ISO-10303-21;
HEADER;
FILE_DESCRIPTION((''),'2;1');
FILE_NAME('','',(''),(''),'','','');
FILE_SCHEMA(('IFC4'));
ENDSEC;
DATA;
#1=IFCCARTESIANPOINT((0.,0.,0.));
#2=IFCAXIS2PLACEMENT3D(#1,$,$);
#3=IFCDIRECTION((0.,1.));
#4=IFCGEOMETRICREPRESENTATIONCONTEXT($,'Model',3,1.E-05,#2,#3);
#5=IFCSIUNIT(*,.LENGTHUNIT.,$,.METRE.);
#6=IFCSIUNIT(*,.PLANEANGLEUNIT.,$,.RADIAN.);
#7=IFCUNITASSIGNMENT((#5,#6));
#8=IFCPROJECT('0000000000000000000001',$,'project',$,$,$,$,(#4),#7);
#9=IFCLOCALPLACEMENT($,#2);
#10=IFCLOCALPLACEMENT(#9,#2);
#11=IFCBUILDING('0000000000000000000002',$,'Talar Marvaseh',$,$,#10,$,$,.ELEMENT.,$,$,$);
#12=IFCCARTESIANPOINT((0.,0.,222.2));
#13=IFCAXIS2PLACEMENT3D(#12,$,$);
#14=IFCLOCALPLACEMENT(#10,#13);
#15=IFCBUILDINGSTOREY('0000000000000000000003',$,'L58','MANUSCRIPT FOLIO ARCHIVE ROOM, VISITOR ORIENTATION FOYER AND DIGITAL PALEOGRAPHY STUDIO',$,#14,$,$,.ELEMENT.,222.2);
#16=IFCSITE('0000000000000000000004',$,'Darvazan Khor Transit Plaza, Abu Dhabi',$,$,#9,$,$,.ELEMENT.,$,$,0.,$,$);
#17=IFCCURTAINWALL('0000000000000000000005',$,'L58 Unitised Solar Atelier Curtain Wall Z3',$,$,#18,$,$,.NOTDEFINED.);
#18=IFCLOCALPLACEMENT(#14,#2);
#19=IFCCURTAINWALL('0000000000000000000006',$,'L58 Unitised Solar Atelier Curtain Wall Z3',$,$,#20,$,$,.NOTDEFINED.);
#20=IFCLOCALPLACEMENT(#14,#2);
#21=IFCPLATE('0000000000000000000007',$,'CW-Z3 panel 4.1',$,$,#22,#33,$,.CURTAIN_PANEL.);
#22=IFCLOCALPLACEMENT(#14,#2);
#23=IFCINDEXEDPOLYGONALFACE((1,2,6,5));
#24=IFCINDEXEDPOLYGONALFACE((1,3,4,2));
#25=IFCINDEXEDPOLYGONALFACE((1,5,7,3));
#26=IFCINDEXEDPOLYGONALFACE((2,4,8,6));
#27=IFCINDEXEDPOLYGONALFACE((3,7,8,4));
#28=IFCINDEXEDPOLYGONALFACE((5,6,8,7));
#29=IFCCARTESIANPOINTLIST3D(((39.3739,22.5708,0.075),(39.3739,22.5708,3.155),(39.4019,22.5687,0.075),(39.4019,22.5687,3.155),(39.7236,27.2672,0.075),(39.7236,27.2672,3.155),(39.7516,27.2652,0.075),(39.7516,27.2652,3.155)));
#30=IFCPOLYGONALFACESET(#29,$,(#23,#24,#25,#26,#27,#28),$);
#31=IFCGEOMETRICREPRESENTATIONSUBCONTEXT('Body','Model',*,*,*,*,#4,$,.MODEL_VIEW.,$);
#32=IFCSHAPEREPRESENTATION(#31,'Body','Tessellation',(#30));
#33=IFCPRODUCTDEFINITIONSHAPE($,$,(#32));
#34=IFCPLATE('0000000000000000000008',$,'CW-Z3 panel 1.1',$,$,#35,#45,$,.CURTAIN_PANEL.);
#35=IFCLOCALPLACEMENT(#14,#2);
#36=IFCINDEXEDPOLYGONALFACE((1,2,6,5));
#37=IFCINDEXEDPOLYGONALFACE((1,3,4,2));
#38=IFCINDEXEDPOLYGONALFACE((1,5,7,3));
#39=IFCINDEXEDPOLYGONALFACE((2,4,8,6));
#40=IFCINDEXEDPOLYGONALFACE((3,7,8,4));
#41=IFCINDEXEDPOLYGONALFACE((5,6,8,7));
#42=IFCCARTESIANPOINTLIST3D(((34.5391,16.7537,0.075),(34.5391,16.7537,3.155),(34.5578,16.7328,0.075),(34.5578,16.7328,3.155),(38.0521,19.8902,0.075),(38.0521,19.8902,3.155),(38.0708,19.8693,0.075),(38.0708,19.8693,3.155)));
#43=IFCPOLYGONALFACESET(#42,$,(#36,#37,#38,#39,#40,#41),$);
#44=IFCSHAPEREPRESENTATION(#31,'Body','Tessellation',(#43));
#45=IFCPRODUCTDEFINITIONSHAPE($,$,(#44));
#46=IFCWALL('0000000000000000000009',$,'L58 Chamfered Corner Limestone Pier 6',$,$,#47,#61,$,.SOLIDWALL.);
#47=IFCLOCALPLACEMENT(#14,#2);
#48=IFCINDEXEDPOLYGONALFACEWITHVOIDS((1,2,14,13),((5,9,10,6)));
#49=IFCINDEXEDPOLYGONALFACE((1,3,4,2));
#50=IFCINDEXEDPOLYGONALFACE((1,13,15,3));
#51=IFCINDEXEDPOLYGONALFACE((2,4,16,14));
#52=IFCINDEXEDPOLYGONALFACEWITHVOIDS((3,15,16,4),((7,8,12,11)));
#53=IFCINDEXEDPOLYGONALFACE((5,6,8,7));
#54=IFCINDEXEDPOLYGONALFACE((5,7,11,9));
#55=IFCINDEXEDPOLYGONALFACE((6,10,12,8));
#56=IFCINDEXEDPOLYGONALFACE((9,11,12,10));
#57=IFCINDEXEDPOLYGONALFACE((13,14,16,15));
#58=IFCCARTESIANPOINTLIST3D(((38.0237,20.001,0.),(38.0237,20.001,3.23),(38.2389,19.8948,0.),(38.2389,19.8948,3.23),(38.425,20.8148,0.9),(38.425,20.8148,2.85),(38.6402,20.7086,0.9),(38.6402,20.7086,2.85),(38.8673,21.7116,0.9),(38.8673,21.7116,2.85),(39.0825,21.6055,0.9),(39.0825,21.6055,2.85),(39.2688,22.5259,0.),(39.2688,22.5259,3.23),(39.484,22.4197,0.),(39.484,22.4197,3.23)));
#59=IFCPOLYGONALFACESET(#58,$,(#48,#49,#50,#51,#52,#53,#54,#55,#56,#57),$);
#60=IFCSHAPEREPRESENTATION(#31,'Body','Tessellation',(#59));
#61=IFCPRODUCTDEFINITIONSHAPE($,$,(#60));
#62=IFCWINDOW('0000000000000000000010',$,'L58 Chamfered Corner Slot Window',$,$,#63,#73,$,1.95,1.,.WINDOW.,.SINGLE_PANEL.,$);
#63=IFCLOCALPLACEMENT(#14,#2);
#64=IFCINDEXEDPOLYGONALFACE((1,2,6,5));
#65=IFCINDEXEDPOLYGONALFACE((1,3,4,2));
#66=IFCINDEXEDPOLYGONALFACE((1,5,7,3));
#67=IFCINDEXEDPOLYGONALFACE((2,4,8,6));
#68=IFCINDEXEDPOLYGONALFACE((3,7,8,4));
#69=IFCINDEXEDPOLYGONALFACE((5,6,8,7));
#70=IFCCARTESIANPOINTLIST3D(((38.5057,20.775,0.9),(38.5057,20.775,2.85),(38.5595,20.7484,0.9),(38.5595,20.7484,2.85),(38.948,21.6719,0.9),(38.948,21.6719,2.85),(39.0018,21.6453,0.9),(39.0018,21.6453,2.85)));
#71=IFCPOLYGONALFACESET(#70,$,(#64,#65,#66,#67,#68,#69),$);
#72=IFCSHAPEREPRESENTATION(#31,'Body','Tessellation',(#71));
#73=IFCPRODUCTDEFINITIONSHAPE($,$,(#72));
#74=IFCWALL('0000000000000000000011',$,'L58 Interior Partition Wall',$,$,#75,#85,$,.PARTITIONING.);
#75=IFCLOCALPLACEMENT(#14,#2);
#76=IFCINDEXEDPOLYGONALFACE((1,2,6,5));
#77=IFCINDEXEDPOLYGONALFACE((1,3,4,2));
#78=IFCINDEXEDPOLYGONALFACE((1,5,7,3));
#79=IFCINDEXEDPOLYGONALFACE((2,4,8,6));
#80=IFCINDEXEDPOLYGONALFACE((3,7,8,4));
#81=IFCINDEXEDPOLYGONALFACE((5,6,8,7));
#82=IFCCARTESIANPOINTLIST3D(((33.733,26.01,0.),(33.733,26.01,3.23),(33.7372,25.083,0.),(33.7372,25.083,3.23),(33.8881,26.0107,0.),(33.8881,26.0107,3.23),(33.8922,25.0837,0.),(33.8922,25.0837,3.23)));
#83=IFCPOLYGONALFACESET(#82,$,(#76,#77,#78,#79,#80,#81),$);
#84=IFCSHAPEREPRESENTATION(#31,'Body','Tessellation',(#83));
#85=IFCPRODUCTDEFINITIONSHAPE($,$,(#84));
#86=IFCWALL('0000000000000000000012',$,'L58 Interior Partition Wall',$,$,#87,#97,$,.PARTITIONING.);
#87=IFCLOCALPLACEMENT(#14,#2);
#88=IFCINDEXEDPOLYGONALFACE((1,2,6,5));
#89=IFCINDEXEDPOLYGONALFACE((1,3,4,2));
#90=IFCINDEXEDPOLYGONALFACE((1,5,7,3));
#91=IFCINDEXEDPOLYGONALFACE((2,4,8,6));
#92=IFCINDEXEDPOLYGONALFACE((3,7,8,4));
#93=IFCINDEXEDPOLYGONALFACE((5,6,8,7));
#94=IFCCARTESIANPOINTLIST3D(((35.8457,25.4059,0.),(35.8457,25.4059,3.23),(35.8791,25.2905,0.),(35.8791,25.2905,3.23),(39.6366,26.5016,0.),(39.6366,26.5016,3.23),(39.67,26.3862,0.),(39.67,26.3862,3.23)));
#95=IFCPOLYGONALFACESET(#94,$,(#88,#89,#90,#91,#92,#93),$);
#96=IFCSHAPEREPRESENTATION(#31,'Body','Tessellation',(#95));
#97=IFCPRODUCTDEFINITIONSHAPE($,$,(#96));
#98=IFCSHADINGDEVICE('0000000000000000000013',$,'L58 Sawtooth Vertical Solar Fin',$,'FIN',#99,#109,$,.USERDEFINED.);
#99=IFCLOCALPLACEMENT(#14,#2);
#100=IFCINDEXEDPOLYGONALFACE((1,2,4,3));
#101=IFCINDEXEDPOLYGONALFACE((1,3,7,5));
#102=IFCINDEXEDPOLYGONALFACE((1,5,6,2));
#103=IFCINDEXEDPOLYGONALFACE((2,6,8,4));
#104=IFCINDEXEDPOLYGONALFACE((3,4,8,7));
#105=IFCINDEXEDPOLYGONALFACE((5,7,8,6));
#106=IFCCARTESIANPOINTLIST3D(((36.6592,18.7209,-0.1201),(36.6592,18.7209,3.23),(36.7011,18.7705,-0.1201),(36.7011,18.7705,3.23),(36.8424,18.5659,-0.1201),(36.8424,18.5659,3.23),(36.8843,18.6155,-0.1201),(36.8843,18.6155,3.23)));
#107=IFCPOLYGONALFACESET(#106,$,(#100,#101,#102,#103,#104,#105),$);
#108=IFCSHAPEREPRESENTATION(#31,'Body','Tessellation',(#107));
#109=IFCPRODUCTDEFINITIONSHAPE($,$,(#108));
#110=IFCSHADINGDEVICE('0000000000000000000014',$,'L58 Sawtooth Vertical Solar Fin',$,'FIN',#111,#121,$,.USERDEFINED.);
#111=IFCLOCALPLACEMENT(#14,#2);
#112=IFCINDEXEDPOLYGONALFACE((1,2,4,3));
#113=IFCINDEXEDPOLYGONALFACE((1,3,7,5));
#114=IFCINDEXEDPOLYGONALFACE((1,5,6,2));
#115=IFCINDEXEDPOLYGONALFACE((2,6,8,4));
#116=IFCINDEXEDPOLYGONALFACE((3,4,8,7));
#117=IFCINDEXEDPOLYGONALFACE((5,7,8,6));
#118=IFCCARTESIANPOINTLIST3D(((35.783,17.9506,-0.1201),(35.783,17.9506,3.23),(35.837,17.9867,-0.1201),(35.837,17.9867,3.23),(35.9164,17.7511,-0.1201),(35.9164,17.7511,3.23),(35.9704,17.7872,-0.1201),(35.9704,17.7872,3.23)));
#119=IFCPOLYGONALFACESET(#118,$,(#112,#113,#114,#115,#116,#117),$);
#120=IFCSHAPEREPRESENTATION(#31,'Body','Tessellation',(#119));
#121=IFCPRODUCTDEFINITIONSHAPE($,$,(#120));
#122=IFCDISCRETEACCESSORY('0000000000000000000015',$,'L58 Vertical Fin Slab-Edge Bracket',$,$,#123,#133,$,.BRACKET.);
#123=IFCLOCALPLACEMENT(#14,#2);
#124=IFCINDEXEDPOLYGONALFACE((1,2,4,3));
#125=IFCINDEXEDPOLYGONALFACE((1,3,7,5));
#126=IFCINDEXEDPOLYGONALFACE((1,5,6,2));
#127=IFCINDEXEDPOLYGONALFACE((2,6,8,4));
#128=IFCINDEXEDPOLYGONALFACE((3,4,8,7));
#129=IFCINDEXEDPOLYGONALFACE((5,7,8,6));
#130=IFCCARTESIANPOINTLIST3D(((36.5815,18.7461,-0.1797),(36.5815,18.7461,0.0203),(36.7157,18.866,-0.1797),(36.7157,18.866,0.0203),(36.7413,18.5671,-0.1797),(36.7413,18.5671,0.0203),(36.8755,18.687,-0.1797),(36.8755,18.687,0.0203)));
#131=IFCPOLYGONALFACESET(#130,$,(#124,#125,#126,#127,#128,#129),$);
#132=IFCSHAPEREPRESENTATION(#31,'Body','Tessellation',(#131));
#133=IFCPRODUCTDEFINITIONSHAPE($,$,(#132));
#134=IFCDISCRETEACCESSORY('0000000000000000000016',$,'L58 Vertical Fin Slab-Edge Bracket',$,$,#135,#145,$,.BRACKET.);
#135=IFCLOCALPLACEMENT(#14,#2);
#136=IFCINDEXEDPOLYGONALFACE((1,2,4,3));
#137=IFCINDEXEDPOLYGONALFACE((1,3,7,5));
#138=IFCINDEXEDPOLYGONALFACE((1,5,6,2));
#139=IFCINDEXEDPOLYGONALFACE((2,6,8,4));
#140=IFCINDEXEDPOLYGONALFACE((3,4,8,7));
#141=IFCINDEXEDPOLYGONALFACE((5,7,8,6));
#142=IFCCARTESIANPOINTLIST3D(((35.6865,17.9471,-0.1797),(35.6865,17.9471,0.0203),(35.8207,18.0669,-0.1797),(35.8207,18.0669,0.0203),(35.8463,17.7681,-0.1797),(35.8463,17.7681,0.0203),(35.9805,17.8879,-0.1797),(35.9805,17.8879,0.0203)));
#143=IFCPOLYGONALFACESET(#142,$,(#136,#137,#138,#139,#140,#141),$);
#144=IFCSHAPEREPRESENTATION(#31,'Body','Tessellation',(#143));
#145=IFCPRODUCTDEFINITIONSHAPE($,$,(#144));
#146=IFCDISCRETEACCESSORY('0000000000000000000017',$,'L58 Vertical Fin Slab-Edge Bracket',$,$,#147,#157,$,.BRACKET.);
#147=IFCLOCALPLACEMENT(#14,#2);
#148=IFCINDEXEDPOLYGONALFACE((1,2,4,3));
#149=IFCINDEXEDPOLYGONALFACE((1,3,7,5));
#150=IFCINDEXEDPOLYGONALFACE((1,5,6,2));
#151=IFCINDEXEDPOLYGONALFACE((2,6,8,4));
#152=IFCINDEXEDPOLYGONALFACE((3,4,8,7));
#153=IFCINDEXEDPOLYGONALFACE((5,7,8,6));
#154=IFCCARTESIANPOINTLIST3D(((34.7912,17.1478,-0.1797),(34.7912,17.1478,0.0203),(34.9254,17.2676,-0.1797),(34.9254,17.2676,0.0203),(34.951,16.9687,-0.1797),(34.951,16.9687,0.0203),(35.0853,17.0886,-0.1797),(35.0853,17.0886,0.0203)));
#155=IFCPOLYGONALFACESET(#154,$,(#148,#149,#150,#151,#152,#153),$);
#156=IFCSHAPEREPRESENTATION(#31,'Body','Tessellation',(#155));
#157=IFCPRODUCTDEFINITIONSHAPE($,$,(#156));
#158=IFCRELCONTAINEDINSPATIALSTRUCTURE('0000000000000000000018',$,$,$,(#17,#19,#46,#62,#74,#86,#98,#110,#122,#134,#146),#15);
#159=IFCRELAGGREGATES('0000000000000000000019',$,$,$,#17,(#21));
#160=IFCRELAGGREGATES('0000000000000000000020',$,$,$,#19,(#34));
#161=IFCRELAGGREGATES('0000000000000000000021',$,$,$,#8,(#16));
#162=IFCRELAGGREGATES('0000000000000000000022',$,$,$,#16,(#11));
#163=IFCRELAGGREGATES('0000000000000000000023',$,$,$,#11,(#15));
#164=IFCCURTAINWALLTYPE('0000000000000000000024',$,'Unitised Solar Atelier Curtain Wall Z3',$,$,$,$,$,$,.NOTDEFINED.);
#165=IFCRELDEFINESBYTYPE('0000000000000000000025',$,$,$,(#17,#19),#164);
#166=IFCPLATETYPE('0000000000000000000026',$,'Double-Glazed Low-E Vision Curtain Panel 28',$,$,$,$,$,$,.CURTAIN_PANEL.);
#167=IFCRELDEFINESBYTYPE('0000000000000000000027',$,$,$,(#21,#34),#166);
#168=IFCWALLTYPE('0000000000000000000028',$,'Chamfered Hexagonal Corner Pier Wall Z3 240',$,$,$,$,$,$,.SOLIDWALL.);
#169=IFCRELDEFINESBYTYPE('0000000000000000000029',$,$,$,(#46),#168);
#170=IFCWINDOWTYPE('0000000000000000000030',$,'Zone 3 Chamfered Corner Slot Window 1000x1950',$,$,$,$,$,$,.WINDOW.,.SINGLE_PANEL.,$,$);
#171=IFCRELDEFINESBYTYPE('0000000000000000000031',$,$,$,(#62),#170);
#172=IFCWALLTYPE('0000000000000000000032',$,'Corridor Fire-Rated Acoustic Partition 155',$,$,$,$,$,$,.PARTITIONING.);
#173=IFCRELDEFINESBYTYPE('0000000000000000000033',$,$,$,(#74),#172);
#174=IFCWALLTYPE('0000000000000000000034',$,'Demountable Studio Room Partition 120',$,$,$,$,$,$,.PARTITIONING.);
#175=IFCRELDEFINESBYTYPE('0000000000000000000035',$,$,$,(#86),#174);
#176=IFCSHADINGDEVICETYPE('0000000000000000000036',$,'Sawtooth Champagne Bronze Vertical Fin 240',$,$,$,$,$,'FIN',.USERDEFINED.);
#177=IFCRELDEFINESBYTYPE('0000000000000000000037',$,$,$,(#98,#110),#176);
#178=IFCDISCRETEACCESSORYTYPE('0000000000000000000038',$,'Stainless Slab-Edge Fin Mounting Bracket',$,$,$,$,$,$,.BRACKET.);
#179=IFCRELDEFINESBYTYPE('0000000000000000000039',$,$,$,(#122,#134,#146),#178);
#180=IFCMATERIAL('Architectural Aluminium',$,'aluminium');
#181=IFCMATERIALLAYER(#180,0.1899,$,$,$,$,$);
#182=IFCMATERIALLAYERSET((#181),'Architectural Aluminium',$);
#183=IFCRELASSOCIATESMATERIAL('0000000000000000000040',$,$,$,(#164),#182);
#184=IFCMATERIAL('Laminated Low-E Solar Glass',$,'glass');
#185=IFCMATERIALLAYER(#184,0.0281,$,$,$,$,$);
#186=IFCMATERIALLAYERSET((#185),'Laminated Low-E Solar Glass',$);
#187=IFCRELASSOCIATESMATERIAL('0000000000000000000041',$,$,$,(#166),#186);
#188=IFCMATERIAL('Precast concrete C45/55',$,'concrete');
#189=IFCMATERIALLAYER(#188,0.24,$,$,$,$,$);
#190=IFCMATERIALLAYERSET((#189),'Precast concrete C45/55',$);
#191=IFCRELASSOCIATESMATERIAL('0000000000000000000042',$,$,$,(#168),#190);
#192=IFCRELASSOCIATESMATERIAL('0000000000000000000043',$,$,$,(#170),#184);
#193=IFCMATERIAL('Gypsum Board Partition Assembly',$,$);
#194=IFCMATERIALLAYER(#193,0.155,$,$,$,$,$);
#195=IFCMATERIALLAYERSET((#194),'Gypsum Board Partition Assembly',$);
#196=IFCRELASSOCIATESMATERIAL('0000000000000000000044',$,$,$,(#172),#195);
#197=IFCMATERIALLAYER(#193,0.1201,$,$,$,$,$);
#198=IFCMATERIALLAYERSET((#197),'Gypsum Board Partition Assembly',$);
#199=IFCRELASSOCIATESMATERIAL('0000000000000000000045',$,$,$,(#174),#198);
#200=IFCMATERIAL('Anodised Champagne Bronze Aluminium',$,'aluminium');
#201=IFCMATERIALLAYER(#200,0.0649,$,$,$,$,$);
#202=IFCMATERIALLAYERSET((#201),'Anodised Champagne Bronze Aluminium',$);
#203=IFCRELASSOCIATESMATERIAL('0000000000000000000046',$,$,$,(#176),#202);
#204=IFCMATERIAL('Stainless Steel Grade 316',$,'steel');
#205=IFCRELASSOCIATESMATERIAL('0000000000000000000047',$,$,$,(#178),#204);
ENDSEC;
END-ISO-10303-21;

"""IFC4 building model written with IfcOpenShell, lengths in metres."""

from ifc_helpers import new_model, si_unit, direction, frame, frame_2d, origin, origin_2d, place, context, subcontext, project, spatial, rectangle, extrude, source, transform, mapped, material, layer, layer_set, type_object, type_shapes, element, fill, aggregate, save


model = new_model("IFC4")

# Units and contexts
model_context = context("Model", 3, precision=1e-05, world=origin(), true_north=direction((0.0, 1.0)))
body_context = subcontext(model_context, "Body", "Model", "MODEL_VIEW")
ifc_project = project(units=[si_unit("LENGTHUNIT", "METRE"), si_unit("PLANEANGLEUNIT", "RADIAN")], contexts=[model_context])

# Site, building, storey
site_placement = place(None, origin())
site = spatial("IfcSite", under=ifc_project, at=site_placement, Name="Darvazan Khor Transit Plaza, Abu Dhabi", CompositionType="ELEMENT", RefElevation=0.0)
building_placement = place(site_placement, origin())
building = spatial("IfcBuilding", under=site, at=building_placement, Name="Talar Marvaseh", CompositionType="ELEMENT")
storey_placement = place(building_placement, frame((0.0, 0.0, 222.2)))
storey = spatial("IfcBuildingStorey", under=building, at=storey_placement, Name="L58", Description="MANUSCRIPT FOLIO ARCHIVE ROOM, VISITOR ORIENTATION FOYER AND DIGITAL PALEOGRAPHY STUDIO", CompositionType="ELEMENT", Elevation=222.2)

# Curtain wall
ifc_material_1 = material(Name="Architectural Aluminium", Category="aluminium")
ifc_layer_1 = layer(ifc_material_1, 0.1899)
ifc_layer_set_1 = layer_set([ifc_layer_1], Name="Architectural Aluminium")
curtain_wall_type = type_object("IfcCurtainWallType", Name="Unitised Solar Atelier Curtain Wall Z3", PredefinedType="NOTDEFINED", material=ifc_layer_set_1)
curtain_wall_1_placement = place(storey_placement, origin())
curtain_wall_1 = element("IfcCurtainWall", 1, at=curtain_wall_1_placement, inside=storey, type_object=curtain_wall_type, Name="L58 Unitised Solar Atelier Curtain Wall Z3", PredefinedType="NOTDEFINED")

# Curtain wall
curtain_wall_2_placement = place(storey_placement, origin())
curtain_wall_2 = element("IfcCurtainWall", 2, at=curtain_wall_2_placement, inside=storey, type_object=curtain_wall_type, Name="L58 Unitised Solar Atelier Curtain Wall Z3", PredefinedType="NOTDEFINED")

# Plates
ifc_material_2 = material(Name="Laminated Low-E Solar Glass", Category="glass")
ifc_layer_2 = layer(ifc_material_2, 0.0281)
ifc_layer_set_2 = layer_set([ifc_layer_2], Name="Laminated Low-E Solar Glass")
plate_type = type_object("IfcPlateType", Name="Double-Glazed Low-E Vision Curtain Panel 28", PredefinedType="CURTAIN_PANEL", material=ifc_layer_set_2)
shared_shape_1 = source(origin(), body_context, "Body", "SweptSolid", [
    extrude(rectangle(XDim=4.7095, YDim=0.0281, at=origin_2d()), origin(), (0.0, 0.0, 1.0), 3.0801),
])
type_shapes(plate_type, [shared_shape_1])
plate_1_placement = place(storey_placement, frame((39.5627, 24.918, 0.075), z_axis=(0.0, 0.0, 1.0), x_axis=(-0.074263, -0.997239, 0.0)))
plate_1 = element("IfcPlate", 3, at=plate_1_placement, type_object=plate_type, Name="CW-Z3 panel 4.1", PredefinedType="CURTAIN_PANEL", context=body_context, shape_type="MappedRepresentation", body=[
    mapped(shared_shape_1, transform((0.0, 0.0, 0.0), x_axis=(1.0, 0.0, 0.0), y_axis=(0.0, 1.0, 0.0), z_axis=(0.0, 0.0, 1.0), scale=1.0)),
])
aggregate(curtain_wall_1, [plate_1])
plate_2_placement = place(storey_placement, frame((36.3049, 18.3115, 0.075), z_axis=(0.0, 0.0, 1.0), x_axis=(-0.745954, -0.665998, 0.0)))
plate_2 = element("IfcPlate", 4, at=plate_2_placement, type_object=plate_type, Name="CW-Z3 panel 1.1", PredefinedType="CURTAIN_PANEL", context=body_context, shape_type="MappedRepresentation", body=[
    mapped(shared_shape_1, transform((0.0, 0.0, 0.0), x_axis=(1.0, 0.0, 0.0), y_axis=(0.0, 1.0, 0.0), z_axis=(0.0, 0.0, 1.0), scale=1.0)),
])
aggregate(curtain_wall_2, [plate_2])

# Wall, opening, window
ifc_material_3 = material(Name="Precast concrete C45/55", Category="concrete")
ifc_layer_3 = layer(ifc_material_3, 0.24)
ifc_layer_set_3 = layer_set([ifc_layer_3], Name="Precast concrete C45/55")
wall_type_1 = type_object("IfcWallType", Name="Chamfered Hexagonal Corner Pier Wall Z3 240", PredefinedType="SOLIDWALL", material=ifc_layer_set_3)
wall_1_placement = place(storey_placement, frame((39.3765, 22.4729, 0.0), z_axis=(0.0, 0.0, 1.0), x_axis=(-0.442281, -0.896877, 0.0)))
wall_1 = element("IfcWall", 5, at=wall_1_placement, inside=storey, type_object=wall_type_1, Name="L58 Chamfered Corner Limestone Pier 6", PredefinedType="SOLIDWALL", context=body_context, shape_type="SweptSolid", body=[
    extrude(rectangle(XDim=2.8152, YDim=0.24, at=frame_2d((1.4077, 0.0))), origin(), (0.0, 0.0, 1.0), 3.23),
])
opening_1_placement = place(wall_1_placement, frame((0.908, 0.0, 0.8999)))
opening_1 = element("IfcOpeningElement", 6, at=opening_1_placement, cuts=wall_1, PredefinedType="OPENING", context=body_context, shape_type="SweptSolid", body=[
    extrude(rectangle(XDim=1.0, YDim=1.95, at=frame_2d((0.5, 0.9751))), frame((0.0, 0.1299, 0.0), z_axis=(0.0, -1.0, 0.0), x_axis=(1.0, 0.0, 0.0)), (0.0, 0.0, 1.0), 0.26),
])
window_type = type_object("IfcWindowType", Name="Zone 3 Chamfered Corner Slot Window 1000x1950", PartitioningType="SINGLE_PANEL", PredefinedType="WINDOW", material=ifc_material_2)
shared_shape_2 = source(origin(), body_context, "Body", "SweptSolid", [
    extrude(rectangle(XDim=1.0, YDim=1.95, at=frame_2d((0.5, 0.9751))), frame((0.0, 0.03, 0.0), z_axis=(0.0, -1.0, 0.0), x_axis=(1.0, 0.0, 0.0)), (0.0, 0.0, 1.0), 0.0601),
])
type_shapes(window_type, [shared_shape_2])
window_placement = place(opening_1_placement, origin())
window = element("IfcWindow", 7, at=window_placement, inside=storey, type_object=window_type, Name="L58 Chamfered Corner Slot Window", OverallHeight=1.95, OverallWidth=1.0, PartitioningType="SINGLE_PANEL", PredefinedType="WINDOW", context=body_context, shape_type="MappedRepresentation", body=[
    mapped(shared_shape_2, transform((0.0, 0.0, 0.0), x_axis=(1.0, 0.0, 0.0), y_axis=(0.0, 1.0, 0.0), z_axis=(0.0, 0.0, 1.0), scale=1.0)),
])
fill(opening_1, window)

# Shared definitions
ifc_material_4 = material(Name="Gypsum Board Partition Assembly")
ifc_layer_4 = layer(ifc_material_4, 0.155)
ifc_layer_set_4 = layer_set([ifc_layer_4], Name="Gypsum Board Partition Assembly")
wall_type_2 = type_object("IfcWallType", Name="Corridor Fire-Rated Acoustic Partition 155", PredefinedType="PARTITIONING", material=ifc_layer_set_4)

# Walls
wall_2_placement = place(storey_placement, frame((33.8147, 25.0835, 0.0), z_axis=(0.0, 0.0, 1.0), x_axis=(-0.004477, 0.99999, 0.0)))
element("IfcWall", 8, at=wall_2_placement, inside=storey, type_object=wall_type_2, Name="L58 Interior Partition Wall", PredefinedType="PARTITIONING", context=body_context, shape_type="SweptSolid", body=[
    extrude(rectangle(XDim=0.927, YDim=0.155, at=frame_2d((0.4634, 0.0))), origin(), (0.0, 0.0, 1.0), 3.23),
])
ifc_layer_5 = layer(ifc_material_4, 0.1201)
ifc_layer_set_5 = layer_set([ifc_layer_5], Name="Gypsum Board Partition Assembly")
wall_type_3 = type_object("IfcWallType", Name="Demountable Studio Room Partition 120", PredefinedType="PARTITIONING", material=ifc_layer_set_5)
wall_3_placement = place(storey_placement, frame((35.8623, 25.3481, 0.0), z_axis=(0.0, 0.0, 1.0), x_axis=(0.960674, 0.277678, 0.0)))
element("IfcWall", 9, at=wall_3_placement, inside=storey, type_object=wall_type_3, Name="L58 Interior Partition Wall", PredefinedType="PARTITIONING", context=body_context, shape_type="SweptSolid", body=[
    extrude(rectangle(XDim=3.946, YDim=0.1201, at=frame_2d((1.9731, 0.0))), origin(), (0.0, 0.0, 1.0), 3.23),
])

# Shading devices
ifc_material_5 = material(Name="Anodised Champagne Bronze Aluminium", Category="aluminium")
ifc_layer_6 = layer(ifc_material_5, 0.0649)
ifc_layer_set_6 = layer_set([ifc_layer_6], Name="Anodised Champagne Bronze Aluminium")
shading_device_type = type_object("IfcShadingDeviceType", Name="Sawtooth Champagne Bronze Vertical Fin 240", ElementType="FIN", PredefinedType="USERDEFINED", material=ifc_layer_set_6)
shared_shape_3 = source(origin(), body_context, "Body", "SweptSolid", [
    extrude(rectangle(XDim=0.24, YDim=0.0649, at=origin_2d()), origin(), (0.0, 0.0, 1.0), 3.3501),
])
type_shapes(shading_device_type, [shared_shape_3])
for number, where, z_axis, x_axis, name in (
    (10, (36.7717, 18.6682, -0.1201), (0.0, 0.0, 1.0), (0.763345, -0.645991, 0.0), "L58 Sawtooth Vertical Solar Fin"),
    (11, (35.8767, 17.8689, -0.1201), (0.0, 0.0, 1.0), (0.555715, -0.831373, 0.0), "L58 Sawtooth Vertical Solar Fin"),
):
    element("IfcShadingDevice", number, at=place(storey_placement, frame(where, z_axis=z_axis, x_axis=x_axis)), inside=storey, type_object=shading_device_type, Name=name, ObjectType="FIN", PredefinedType="USERDEFINED", context=body_context, shape_type="MappedRepresentation", body=[
        mapped(shared_shape_3, transform((0.0, 0.0, 0.0), x_axis=(1.0, 0.0, 0.0), y_axis=(0.0, 1.0, 0.0), z_axis=(0.0, 0.0, 1.0), scale=1.0)),
    ])

# Discrete accessories
ifc_material_6 = material(Name="Stainless Steel Grade 316", Category="steel")
discrete_accessory_type = type_object("IfcDiscreteAccessoryType", Name="Stainless Slab-Edge Fin Mounting Bracket", PredefinedType="BRACKET", material=ifc_material_6)
shared_shape_4 = source(origin(), body_context, "Body", "SweptSolid", [
    extrude(rectangle(XDim=0.24, YDim=0.1799, at=origin_2d()), origin(), (0.0, 0.0, 1.0), 0.2),
])
type_shapes(discrete_accessory_type, [shared_shape_4])
for number, where, z_axis, x_axis, name in (
    (12, (36.7285, 18.7166, -0.1797), (0.0, 0.0, 1.0), (0.666012, -0.745941, 0.0), "L58 Vertical Fin Slab-Edge Bracket"),
    (13, (35.8335, 17.9175, -0.1797), (0.0, 0.0, 1.0), (0.666012, -0.745941, 0.0), "L58 Vertical Fin Slab-Edge Bracket"),
    (14, (34.9382, 17.1182, -0.1797), (0.0, 0.0, 1.0), (0.666012, -0.745941, 0.0), "L58 Vertical Fin Slab-Edge Bracket"),
):
    element("IfcDiscreteAccessory", number, at=place(storey_placement, frame(where, z_axis=z_axis, x_axis=x_axis)), inside=storey, type_object=discrete_accessory_type, Name=name, PredefinedType="BRACKET", context=body_context, shape_type="MappedRepresentation", body=[
        mapped(shared_shape_4, transform((0.0, 0.0, 0.0), x_axis=(1.0, 0.0, 0.0), y_axis=(0.0, 1.0, 0.0), z_axis=(0.0, 0.0, 1.0), scale=1.0)),
    ])

save(model, "model.ifc")
